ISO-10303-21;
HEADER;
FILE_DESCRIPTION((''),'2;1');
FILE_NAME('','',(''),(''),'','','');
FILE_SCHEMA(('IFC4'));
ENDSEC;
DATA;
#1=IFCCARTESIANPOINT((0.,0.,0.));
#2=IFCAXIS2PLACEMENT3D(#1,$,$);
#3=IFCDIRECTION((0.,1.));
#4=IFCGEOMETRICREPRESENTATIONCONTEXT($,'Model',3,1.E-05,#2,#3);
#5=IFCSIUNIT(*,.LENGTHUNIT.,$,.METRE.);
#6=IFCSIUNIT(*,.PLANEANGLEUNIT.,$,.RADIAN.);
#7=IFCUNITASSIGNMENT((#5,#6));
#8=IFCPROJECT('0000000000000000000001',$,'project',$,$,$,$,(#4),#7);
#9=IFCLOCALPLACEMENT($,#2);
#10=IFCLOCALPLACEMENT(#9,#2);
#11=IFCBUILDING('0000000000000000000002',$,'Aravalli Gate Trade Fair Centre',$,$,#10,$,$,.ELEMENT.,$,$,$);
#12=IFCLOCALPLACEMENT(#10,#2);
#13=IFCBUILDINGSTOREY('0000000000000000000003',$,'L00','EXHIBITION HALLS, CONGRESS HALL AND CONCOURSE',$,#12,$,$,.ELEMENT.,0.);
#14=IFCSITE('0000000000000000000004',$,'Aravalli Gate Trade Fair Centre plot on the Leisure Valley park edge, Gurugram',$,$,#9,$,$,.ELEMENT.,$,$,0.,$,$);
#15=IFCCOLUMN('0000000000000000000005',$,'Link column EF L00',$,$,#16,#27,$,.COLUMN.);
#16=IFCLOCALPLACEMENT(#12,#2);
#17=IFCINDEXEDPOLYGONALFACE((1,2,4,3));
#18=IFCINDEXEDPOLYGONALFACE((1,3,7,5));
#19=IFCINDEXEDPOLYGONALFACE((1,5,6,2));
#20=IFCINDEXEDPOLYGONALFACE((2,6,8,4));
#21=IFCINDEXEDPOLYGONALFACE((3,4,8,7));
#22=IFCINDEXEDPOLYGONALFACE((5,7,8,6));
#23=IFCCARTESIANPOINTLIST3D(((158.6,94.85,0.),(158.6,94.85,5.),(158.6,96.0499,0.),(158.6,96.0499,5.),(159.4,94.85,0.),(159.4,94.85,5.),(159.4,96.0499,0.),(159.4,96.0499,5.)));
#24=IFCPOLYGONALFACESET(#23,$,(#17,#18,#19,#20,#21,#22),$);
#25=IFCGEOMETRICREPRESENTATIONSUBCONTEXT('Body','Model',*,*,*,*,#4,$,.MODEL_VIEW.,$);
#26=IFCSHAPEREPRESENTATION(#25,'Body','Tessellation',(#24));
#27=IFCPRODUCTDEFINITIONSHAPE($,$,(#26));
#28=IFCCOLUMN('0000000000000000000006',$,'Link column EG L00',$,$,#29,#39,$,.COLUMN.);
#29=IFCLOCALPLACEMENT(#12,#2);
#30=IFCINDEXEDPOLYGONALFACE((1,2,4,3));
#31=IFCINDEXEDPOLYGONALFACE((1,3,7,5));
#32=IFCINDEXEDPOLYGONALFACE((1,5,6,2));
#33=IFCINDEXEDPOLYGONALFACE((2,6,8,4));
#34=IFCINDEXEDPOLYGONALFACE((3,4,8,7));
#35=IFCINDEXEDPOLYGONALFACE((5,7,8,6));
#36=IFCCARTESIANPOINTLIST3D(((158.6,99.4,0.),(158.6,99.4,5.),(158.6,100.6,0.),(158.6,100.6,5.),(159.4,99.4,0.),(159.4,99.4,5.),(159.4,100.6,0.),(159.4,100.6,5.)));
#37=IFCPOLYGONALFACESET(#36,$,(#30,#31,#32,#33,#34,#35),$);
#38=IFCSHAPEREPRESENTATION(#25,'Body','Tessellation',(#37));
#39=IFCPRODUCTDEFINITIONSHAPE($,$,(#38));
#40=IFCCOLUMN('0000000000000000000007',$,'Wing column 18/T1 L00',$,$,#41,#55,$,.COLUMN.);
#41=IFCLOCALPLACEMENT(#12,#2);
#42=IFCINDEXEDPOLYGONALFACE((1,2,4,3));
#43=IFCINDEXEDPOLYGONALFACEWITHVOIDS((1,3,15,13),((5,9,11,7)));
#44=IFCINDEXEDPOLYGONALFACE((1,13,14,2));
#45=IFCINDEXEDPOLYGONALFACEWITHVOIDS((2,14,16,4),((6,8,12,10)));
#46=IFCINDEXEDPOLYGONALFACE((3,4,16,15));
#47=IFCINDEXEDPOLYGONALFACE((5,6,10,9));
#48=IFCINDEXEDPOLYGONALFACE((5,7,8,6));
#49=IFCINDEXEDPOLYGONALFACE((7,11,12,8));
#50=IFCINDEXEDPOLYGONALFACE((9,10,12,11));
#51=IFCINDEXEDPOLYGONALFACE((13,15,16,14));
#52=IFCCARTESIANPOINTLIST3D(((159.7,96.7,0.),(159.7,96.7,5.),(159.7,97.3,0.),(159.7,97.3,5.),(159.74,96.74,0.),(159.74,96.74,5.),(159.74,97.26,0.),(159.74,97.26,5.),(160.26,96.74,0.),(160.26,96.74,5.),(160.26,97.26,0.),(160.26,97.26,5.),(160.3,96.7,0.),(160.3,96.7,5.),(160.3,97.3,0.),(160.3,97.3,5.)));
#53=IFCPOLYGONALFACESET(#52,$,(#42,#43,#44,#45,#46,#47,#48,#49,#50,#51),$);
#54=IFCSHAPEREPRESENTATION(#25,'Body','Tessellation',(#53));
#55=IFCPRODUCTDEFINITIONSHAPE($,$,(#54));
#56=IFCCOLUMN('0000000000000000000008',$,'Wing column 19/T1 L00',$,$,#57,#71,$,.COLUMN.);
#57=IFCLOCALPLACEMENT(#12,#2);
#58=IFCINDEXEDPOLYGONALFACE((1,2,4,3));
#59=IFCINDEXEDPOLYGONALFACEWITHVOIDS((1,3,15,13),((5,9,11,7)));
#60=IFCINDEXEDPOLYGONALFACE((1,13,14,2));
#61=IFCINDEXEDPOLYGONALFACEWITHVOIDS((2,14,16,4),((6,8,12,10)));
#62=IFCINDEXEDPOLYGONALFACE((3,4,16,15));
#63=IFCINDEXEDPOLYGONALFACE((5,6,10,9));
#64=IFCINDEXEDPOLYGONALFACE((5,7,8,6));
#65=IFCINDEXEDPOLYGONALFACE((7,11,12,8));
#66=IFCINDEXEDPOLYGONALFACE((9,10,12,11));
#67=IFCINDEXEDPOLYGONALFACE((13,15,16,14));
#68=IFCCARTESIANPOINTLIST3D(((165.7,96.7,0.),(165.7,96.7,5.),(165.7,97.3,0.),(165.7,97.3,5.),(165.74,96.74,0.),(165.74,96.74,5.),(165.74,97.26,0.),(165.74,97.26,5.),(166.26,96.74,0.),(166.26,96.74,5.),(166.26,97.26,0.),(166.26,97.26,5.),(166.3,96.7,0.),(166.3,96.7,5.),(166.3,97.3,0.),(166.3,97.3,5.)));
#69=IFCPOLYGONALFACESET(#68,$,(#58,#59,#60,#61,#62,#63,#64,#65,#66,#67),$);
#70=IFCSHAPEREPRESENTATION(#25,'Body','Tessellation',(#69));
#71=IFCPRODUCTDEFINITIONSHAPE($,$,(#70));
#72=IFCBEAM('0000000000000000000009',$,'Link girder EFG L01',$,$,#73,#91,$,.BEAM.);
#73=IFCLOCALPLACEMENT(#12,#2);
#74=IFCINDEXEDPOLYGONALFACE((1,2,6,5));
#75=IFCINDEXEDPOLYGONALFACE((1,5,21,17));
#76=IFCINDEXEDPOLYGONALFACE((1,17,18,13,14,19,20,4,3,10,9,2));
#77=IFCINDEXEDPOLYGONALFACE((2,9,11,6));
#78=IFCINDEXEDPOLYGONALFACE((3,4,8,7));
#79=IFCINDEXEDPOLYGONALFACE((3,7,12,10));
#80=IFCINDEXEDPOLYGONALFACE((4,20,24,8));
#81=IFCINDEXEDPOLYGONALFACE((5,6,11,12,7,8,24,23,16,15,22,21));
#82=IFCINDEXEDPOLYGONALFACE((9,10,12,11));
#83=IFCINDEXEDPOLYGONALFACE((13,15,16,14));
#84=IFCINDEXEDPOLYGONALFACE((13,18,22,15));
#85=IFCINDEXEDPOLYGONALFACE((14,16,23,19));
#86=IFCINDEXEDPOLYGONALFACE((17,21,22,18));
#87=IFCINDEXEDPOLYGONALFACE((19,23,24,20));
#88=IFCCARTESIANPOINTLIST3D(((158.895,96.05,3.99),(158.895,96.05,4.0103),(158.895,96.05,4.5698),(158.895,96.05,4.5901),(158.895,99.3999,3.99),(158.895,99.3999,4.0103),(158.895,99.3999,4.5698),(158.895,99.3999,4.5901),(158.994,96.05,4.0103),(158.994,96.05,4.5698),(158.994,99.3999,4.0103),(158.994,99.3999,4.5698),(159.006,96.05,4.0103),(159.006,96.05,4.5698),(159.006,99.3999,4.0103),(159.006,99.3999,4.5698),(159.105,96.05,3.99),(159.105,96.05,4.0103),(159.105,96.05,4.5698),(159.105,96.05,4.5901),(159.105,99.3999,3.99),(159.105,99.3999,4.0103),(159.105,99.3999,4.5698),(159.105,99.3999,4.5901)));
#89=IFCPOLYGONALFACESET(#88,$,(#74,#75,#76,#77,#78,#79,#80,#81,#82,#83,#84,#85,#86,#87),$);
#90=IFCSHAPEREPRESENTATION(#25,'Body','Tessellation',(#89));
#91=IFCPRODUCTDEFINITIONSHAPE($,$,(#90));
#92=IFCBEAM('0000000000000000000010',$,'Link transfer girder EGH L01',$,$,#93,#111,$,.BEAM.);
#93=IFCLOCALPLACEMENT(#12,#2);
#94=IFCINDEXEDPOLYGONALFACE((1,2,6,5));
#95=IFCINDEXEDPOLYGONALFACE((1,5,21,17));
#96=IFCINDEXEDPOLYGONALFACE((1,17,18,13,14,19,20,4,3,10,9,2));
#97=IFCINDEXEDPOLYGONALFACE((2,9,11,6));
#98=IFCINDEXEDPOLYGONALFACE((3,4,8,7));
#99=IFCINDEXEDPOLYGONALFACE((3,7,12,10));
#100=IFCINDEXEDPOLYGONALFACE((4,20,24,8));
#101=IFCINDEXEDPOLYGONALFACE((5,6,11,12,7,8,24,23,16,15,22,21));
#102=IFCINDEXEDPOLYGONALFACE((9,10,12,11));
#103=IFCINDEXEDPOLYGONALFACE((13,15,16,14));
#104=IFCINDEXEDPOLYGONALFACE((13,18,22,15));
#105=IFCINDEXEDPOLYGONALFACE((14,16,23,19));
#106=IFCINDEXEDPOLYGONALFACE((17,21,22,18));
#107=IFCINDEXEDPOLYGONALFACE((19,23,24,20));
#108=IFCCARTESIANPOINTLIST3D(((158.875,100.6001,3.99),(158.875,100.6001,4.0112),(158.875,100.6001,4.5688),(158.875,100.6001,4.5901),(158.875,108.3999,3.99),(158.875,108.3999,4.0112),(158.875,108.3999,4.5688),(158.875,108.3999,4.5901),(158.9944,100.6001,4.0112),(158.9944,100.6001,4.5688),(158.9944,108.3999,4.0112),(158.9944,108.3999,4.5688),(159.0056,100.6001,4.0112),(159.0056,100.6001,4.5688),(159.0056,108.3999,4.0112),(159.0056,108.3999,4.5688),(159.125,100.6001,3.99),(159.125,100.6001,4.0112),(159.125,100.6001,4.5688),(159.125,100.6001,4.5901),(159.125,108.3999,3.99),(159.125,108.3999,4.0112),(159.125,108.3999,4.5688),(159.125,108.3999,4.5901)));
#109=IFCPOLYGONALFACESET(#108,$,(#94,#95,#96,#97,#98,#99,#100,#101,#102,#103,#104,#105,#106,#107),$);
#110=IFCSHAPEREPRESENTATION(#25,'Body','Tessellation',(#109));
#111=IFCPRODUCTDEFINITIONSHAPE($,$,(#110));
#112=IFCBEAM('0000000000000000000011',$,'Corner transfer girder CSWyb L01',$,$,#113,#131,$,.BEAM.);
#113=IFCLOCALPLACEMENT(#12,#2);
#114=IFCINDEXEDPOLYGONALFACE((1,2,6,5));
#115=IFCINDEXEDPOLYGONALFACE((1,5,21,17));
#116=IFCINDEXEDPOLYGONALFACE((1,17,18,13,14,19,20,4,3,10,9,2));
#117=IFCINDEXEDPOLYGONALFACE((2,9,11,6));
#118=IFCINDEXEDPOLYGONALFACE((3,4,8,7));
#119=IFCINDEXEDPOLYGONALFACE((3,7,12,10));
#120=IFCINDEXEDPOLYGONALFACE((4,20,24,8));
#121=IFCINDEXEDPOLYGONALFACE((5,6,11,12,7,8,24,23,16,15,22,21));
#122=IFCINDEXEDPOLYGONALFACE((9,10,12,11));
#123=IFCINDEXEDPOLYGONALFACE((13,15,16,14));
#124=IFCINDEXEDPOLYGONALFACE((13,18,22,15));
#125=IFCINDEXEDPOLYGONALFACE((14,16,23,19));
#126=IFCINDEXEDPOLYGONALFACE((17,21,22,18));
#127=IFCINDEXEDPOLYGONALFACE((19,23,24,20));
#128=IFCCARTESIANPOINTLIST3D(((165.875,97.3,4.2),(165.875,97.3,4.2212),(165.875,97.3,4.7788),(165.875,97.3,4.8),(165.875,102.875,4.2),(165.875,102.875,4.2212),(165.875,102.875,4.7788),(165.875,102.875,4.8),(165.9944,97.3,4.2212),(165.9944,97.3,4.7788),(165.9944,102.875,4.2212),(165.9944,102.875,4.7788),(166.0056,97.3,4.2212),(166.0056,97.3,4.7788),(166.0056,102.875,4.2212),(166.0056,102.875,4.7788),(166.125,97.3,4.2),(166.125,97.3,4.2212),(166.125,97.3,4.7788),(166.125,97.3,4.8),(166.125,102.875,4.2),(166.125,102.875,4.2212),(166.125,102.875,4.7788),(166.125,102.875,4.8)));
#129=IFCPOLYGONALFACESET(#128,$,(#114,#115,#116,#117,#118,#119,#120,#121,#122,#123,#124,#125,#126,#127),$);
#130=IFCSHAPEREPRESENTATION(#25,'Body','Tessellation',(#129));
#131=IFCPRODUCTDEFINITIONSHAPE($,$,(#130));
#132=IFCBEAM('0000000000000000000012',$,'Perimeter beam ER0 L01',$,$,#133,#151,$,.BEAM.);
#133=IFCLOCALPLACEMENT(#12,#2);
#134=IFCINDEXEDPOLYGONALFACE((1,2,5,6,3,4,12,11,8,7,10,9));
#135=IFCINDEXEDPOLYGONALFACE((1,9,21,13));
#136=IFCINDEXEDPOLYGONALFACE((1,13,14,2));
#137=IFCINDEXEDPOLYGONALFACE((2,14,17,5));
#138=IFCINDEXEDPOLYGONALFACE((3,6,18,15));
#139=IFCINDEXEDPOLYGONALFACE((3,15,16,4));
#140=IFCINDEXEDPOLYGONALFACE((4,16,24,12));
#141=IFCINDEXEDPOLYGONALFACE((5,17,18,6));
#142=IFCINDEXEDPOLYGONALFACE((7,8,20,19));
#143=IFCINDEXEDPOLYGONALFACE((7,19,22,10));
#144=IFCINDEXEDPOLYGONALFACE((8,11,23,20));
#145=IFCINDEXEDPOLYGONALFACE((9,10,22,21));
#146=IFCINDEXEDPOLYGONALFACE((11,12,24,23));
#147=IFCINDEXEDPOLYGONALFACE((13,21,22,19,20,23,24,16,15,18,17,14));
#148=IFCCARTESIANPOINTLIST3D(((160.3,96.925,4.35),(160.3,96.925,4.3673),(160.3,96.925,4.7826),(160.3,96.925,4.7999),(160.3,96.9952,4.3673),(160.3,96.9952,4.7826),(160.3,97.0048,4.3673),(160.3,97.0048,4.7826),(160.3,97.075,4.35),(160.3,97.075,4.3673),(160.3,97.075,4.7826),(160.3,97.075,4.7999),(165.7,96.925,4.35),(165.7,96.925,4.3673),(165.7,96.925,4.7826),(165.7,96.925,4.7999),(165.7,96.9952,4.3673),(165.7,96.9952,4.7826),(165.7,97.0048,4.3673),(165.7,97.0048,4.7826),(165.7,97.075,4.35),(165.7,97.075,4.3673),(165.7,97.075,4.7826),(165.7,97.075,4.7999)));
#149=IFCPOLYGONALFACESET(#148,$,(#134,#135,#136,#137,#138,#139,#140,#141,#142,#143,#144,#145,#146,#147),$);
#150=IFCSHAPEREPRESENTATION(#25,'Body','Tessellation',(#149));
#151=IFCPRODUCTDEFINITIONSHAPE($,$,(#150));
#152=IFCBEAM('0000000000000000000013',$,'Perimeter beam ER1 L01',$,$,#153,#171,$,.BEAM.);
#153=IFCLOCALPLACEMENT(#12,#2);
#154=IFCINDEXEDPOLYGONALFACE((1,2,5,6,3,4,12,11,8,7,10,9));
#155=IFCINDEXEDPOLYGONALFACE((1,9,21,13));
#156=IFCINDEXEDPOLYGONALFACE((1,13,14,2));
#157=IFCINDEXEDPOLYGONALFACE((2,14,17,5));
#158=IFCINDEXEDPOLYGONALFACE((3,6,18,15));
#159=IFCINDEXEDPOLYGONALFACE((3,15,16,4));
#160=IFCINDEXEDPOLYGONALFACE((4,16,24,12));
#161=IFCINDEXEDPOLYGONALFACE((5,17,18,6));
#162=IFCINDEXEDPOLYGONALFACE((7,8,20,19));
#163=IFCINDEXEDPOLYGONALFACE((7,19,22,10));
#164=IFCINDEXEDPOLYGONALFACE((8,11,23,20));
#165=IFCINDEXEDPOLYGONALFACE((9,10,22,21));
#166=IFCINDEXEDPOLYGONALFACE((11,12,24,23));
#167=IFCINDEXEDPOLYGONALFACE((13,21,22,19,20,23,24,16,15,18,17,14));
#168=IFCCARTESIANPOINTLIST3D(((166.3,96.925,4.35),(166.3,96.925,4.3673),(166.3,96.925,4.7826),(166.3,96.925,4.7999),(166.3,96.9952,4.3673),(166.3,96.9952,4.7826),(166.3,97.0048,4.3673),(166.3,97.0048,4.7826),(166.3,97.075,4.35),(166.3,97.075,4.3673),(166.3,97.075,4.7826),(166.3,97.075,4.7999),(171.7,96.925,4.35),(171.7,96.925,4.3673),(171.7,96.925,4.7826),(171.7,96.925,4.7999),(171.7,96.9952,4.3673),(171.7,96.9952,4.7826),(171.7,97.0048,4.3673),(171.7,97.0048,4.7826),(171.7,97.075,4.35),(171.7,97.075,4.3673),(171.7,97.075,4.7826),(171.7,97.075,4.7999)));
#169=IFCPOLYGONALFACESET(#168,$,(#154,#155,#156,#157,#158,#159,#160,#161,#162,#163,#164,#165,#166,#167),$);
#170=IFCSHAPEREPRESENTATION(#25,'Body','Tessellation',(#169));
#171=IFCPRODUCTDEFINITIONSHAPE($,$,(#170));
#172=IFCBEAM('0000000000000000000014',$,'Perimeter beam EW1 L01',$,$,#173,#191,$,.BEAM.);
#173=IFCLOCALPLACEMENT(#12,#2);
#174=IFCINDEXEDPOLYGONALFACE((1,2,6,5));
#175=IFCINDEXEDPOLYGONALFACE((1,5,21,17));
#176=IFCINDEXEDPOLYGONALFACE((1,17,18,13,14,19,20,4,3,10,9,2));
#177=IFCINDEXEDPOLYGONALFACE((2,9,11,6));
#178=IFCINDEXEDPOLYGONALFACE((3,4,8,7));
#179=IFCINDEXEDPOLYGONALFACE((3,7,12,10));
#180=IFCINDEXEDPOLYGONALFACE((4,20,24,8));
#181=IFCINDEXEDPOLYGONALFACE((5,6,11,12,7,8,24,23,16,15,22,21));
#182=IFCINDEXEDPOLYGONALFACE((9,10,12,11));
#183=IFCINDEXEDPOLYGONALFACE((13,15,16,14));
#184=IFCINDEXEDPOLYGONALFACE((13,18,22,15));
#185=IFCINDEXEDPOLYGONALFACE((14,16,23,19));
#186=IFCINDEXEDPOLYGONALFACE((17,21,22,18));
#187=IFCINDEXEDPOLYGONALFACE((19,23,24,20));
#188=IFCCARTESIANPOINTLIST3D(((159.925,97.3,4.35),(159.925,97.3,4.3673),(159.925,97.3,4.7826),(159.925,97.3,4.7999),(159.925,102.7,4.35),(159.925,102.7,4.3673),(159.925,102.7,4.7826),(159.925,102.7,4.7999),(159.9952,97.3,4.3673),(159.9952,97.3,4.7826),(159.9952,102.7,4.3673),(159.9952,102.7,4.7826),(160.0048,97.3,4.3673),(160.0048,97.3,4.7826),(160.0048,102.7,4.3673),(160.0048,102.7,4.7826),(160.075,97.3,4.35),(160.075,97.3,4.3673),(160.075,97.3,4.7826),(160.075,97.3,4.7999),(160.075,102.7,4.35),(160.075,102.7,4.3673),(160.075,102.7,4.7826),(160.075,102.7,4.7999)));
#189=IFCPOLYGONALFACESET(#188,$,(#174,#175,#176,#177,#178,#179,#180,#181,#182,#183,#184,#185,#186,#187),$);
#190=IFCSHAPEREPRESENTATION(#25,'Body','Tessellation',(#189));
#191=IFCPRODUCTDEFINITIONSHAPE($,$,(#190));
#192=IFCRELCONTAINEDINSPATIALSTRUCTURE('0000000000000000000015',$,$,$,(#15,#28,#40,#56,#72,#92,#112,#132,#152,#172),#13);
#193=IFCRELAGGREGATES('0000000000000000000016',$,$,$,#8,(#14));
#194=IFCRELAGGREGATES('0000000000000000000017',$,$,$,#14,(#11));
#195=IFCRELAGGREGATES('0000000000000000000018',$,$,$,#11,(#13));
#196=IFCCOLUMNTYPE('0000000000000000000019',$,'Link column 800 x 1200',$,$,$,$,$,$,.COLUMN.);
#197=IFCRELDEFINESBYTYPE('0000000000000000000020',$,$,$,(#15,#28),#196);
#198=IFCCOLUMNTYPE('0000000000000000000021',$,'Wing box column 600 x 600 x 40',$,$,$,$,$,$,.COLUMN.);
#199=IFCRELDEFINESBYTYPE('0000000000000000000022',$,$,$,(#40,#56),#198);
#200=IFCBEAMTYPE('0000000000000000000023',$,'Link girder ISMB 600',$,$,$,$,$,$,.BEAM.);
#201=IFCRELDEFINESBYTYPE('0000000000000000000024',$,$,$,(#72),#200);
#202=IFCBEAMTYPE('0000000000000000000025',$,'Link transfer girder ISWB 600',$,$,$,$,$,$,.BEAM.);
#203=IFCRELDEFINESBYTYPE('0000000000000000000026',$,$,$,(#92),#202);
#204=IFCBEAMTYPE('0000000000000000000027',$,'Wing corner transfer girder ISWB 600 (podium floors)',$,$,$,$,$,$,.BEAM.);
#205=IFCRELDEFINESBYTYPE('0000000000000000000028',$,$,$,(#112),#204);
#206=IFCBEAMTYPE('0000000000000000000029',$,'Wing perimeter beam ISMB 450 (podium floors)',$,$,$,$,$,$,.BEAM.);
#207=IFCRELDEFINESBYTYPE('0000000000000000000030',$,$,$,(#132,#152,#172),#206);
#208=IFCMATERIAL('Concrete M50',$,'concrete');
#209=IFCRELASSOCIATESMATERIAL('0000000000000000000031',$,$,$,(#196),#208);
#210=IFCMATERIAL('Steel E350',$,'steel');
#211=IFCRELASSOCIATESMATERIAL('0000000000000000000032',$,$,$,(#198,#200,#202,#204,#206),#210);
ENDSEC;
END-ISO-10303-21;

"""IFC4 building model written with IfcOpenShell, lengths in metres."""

from ifc_helpers import new_model, si_unit, direction, frame, origin, origin_2d, place, context, subcontext, project, spatial, rectangle, hollow_rectangle, i_section, extrude, material, material_profile, profile_set, type_object, element, save


model = new_model("IFC4")

# Units and contexts
model_context = context("Model", 3, precision=1e-05, world=origin(), true_north=direction((0.0, 1.0)))
body_context = subcontext(model_context, "Body", "Model", "MODEL_VIEW")
ifc_project = project(units=[si_unit("LENGTHUNIT", "METRE"), si_unit("PLANEANGLEUNIT", "RADIAN")], contexts=[model_context])

# Site, building, storey
site_placement = place(None, origin())
site = spatial("IfcSite", under=ifc_project, at=site_placement, Name="Aravalli Gate Trade Fair Centre plot on the Leisure Valley park edge, Gurugram", CompositionType="ELEMENT", RefElevation=0.0)
building_placement = place(site_placement, origin())
building = spatial("IfcBuilding", under=site, at=building_placement, Name="Aravalli Gate Trade Fair Centre", CompositionType="ELEMENT")
storey_placement = place(building_placement, origin())
storey = spatial("IfcBuildingStorey", under=building, at=storey_placement, Name="L00", Description="EXHIBITION HALLS, CONGRESS HALL AND CONCOURSE", CompositionType="ELEMENT", Elevation=0.0)

# Columns
ifc_material_1 = material(Name="Concrete M50", Category="concrete")
ifc_material_profile_1 = material_profile(ifc_material_1, rectangle(XDim=0.8, YDim=1.2, at=origin_2d()), Name="Link column 800 x 1200")
ifc_profile_set_1 = profile_set([ifc_material_profile_1], Name="Concrete M50")
column_type_1 = type_object("IfcColumnType", Name="Link column 800 x 1200", PredefinedType="COLUMN", material=ifc_profile_set_1)
for number, where, z_axis, x_axis, name in (
    (1, (159.0, 95.45, 0.0), (0.0, 0.0, 1.0), (1.0, 0.0, 0.0), "Link column EF L00"),
    (2, (159.0, 100.0, 0.0), (0.0, 0.0, 1.0), (1.0, 0.0, 0.0), "Link column EG L00"),
):
    element("IfcColumn", number, at=place(storey_placement, frame(where, z_axis=z_axis, x_axis=x_axis)), inside=storey, type_object=column_type_1, Name=name, PredefinedType="COLUMN", context=body_context, shape_type="SweptSolid", body=[
        extrude(rectangle(XDim=0.8, YDim=1.2, at=origin_2d()), origin(), (0.0, 0.0, 1.0), 5.0),
    ])
ifc_material_2 = material(Name="Steel E350", Category="steel")
ifc_material_profile_2 = material_profile(ifc_material_2, hollow_rectangle(XDim=0.6001, YDim=0.6001, WallThickness=0.04, at=origin_2d()), Name="BOX 600x600x40")
ifc_profile_set_2 = profile_set([ifc_material_profile_2], Name="Steel E350")
column_type_2 = type_object("IfcColumnType", Name="Wing box column 600 x 600 x 40", PredefinedType="COLUMN", material=ifc_profile_set_2)
for number, where, z_axis, x_axis, name in (
    (3, (160.0, 97.0, 0.0), (0.0, 0.0, 1.0), (1.0, 0.0, 0.0), "Wing column 18/T1 L00"),
    (4, (166.0, 97.0, 0.0), (0.0, 0.0, 1.0), (1.0, 0.0, 0.0), "Wing column 19/T1 L00"),
):
    element("IfcColumn", number, at=place(storey_placement, frame(where, z_axis=z_axis, x_axis=x_axis)), inside=storey, type_object=column_type_2, Name=name, PredefinedType="COLUMN", context=body_context, shape_type="SweptSolid", body=[
        extrude(hollow_rectangle(XDim=0.6001, YDim=0.6001, WallThickness=0.04, at=origin_2d()), origin(), (0.0, 0.0, 1.0), 5.0),
    ])

# Beams
ifc_material_profile_3 = material_profile(ifc_material_2, i_section(OverallWidth=0.21, OverallDepth=0.6001, WebThickness=0.012, FlangeThickness=0.0203, at=origin_2d()), Name="ISMB 600")
ifc_profile_set_3 = profile_set([ifc_material_profile_3], Name="Steel E350")
beam_type_1 = type_object("IfcBeamType", Name="Link girder ISMB 600", PredefinedType="BEAM", material=ifc_profile_set_3)
beam_1_placement = place(storey_placement, frame((159.0, 96.05, 4.29), z_axis=(0.0, 1.0, 0.0), x_axis=(-1.0, 0.0, 0.0)))
element("IfcBeam", 5, at=beam_1_placement, inside=storey, type_object=beam_type_1, Name="Link girder EFG L01", PredefinedType="BEAM", context=body_context, shape_type="SweptSolid", body=[
    extrude(i_section(OverallWidth=0.21, OverallDepth=0.6001, WebThickness=0.012, FlangeThickness=0.0203, at=origin_2d()), origin(), (0.0, 0.0, 1.0), 3.3499),
])
ifc_material_profile_4 = material_profile(ifc_material_2, i_section(OverallWidth=0.25, OverallDepth=0.6001, WebThickness=0.0112, FlangeThickness=0.0212, at=origin_2d()), Name="ISWB 600")
ifc_profile_set_4 = profile_set([ifc_material_profile_4], Name="Steel E350")
beam_type_2 = type_object("IfcBeamType", Name="Link transfer girder ISWB 600", PredefinedType="BEAM", material=ifc_profile_set_4)
beam_2_placement = place(storey_placement, frame((159.0, 100.6001, 4.29), z_axis=(0.0, 1.0, 0.0), x_axis=(-1.0, 0.0, 0.0)))
element("IfcBeam", 6, at=beam_2_placement, inside=storey, type_object=beam_type_2, Name="Link transfer girder EGH L01", PredefinedType="BEAM", context=body_context, shape_type="SweptSolid", body=[
    extrude(i_section(OverallWidth=0.25, OverallDepth=0.6001, WebThickness=0.0112, FlangeThickness=0.0212, at=origin_2d()), origin(), (0.0, 0.0, 1.0), 7.7998),
])
ifc_material_profile_5 = material_profile(ifc_material_2, i_section(OverallWidth=0.25, OverallDepth=0.6001, WebThickness=0.0112, FlangeThickness=0.0212, at=origin_2d()), Name="ISWB 600")
ifc_profile_set_5 = profile_set([ifc_material_profile_5], Name="Steel E350")
beam_type_3 = type_object("IfcBeamType", Name="Wing corner transfer girder ISWB 600 (podium floors)", PredefinedType="BEAM", material=ifc_profile_set_5)
beam_3_placement = place(storey_placement, frame((166.0, 97.3, 4.5), z_axis=(0.0, 1.0, 0.0), x_axis=(-1.0, 0.0, 0.0)))
element("IfcBeam", 7, at=beam_3_placement, inside=storey, type_object=beam_type_3, Name="Corner transfer girder CSWyb L01", PredefinedType="BEAM", context=body_context, shape_type="SweptSolid", body=[
    extrude(i_section(OverallWidth=0.25, OverallDepth=0.6001, WebThickness=0.0112, FlangeThickness=0.0212, at=origin_2d()), origin(), (0.0, 0.0, 1.0), 5.575),
])
ifc_material_profile_6 = material_profile(ifc_material_2, i_section(OverallWidth=0.1499, OverallDepth=0.45, WebThickness=0.0095, FlangeThickness=0.0173, at=origin_2d()), Name="ISMB 450")
ifc_profile_set_6 = profile_set([ifc_material_profile_6], Name="Steel E350")
beam_type_4 = type_object("IfcBeamType", Name="Wing perimeter beam ISMB 450 (podium floors)", PredefinedType="BEAM", material=ifc_profile_set_6)
for number, where, z_axis, x_axis, name in (
    (8, (160.3, 97.0, 4.575), (1.0, 0.0, 0.0), (0.0, 1.0, 0.0), "Perimeter beam ER0 L01"),
    (9, (166.3, 97.0, 4.575), (1.0, 0.0, 0.0), (0.0, 1.0, 0.0), "Perimeter beam ER1 L01"),
    (10, (160.0, 97.3, 4.575), (0.0, 1.0, 0.0), (-1.0, 0.0, 0.0), "Perimeter beam EW1 L01"),
):
    element("IfcBeam", number, at=place(storey_placement, frame(where, z_axis=z_axis, x_axis=x_axis)), inside=storey, type_object=beam_type_4, Name=name, PredefinedType="BEAM", context=body_context, shape_type="SweptSolid", body=[
        extrude(i_section(OverallWidth=0.1499, OverallDepth=0.45, WebThickness=0.0095, FlangeThickness=0.0173, at=origin_2d()), origin(), (0.0, 0.0, 1.0), 5.3999),
    ])

save(model, "model.ifc")
